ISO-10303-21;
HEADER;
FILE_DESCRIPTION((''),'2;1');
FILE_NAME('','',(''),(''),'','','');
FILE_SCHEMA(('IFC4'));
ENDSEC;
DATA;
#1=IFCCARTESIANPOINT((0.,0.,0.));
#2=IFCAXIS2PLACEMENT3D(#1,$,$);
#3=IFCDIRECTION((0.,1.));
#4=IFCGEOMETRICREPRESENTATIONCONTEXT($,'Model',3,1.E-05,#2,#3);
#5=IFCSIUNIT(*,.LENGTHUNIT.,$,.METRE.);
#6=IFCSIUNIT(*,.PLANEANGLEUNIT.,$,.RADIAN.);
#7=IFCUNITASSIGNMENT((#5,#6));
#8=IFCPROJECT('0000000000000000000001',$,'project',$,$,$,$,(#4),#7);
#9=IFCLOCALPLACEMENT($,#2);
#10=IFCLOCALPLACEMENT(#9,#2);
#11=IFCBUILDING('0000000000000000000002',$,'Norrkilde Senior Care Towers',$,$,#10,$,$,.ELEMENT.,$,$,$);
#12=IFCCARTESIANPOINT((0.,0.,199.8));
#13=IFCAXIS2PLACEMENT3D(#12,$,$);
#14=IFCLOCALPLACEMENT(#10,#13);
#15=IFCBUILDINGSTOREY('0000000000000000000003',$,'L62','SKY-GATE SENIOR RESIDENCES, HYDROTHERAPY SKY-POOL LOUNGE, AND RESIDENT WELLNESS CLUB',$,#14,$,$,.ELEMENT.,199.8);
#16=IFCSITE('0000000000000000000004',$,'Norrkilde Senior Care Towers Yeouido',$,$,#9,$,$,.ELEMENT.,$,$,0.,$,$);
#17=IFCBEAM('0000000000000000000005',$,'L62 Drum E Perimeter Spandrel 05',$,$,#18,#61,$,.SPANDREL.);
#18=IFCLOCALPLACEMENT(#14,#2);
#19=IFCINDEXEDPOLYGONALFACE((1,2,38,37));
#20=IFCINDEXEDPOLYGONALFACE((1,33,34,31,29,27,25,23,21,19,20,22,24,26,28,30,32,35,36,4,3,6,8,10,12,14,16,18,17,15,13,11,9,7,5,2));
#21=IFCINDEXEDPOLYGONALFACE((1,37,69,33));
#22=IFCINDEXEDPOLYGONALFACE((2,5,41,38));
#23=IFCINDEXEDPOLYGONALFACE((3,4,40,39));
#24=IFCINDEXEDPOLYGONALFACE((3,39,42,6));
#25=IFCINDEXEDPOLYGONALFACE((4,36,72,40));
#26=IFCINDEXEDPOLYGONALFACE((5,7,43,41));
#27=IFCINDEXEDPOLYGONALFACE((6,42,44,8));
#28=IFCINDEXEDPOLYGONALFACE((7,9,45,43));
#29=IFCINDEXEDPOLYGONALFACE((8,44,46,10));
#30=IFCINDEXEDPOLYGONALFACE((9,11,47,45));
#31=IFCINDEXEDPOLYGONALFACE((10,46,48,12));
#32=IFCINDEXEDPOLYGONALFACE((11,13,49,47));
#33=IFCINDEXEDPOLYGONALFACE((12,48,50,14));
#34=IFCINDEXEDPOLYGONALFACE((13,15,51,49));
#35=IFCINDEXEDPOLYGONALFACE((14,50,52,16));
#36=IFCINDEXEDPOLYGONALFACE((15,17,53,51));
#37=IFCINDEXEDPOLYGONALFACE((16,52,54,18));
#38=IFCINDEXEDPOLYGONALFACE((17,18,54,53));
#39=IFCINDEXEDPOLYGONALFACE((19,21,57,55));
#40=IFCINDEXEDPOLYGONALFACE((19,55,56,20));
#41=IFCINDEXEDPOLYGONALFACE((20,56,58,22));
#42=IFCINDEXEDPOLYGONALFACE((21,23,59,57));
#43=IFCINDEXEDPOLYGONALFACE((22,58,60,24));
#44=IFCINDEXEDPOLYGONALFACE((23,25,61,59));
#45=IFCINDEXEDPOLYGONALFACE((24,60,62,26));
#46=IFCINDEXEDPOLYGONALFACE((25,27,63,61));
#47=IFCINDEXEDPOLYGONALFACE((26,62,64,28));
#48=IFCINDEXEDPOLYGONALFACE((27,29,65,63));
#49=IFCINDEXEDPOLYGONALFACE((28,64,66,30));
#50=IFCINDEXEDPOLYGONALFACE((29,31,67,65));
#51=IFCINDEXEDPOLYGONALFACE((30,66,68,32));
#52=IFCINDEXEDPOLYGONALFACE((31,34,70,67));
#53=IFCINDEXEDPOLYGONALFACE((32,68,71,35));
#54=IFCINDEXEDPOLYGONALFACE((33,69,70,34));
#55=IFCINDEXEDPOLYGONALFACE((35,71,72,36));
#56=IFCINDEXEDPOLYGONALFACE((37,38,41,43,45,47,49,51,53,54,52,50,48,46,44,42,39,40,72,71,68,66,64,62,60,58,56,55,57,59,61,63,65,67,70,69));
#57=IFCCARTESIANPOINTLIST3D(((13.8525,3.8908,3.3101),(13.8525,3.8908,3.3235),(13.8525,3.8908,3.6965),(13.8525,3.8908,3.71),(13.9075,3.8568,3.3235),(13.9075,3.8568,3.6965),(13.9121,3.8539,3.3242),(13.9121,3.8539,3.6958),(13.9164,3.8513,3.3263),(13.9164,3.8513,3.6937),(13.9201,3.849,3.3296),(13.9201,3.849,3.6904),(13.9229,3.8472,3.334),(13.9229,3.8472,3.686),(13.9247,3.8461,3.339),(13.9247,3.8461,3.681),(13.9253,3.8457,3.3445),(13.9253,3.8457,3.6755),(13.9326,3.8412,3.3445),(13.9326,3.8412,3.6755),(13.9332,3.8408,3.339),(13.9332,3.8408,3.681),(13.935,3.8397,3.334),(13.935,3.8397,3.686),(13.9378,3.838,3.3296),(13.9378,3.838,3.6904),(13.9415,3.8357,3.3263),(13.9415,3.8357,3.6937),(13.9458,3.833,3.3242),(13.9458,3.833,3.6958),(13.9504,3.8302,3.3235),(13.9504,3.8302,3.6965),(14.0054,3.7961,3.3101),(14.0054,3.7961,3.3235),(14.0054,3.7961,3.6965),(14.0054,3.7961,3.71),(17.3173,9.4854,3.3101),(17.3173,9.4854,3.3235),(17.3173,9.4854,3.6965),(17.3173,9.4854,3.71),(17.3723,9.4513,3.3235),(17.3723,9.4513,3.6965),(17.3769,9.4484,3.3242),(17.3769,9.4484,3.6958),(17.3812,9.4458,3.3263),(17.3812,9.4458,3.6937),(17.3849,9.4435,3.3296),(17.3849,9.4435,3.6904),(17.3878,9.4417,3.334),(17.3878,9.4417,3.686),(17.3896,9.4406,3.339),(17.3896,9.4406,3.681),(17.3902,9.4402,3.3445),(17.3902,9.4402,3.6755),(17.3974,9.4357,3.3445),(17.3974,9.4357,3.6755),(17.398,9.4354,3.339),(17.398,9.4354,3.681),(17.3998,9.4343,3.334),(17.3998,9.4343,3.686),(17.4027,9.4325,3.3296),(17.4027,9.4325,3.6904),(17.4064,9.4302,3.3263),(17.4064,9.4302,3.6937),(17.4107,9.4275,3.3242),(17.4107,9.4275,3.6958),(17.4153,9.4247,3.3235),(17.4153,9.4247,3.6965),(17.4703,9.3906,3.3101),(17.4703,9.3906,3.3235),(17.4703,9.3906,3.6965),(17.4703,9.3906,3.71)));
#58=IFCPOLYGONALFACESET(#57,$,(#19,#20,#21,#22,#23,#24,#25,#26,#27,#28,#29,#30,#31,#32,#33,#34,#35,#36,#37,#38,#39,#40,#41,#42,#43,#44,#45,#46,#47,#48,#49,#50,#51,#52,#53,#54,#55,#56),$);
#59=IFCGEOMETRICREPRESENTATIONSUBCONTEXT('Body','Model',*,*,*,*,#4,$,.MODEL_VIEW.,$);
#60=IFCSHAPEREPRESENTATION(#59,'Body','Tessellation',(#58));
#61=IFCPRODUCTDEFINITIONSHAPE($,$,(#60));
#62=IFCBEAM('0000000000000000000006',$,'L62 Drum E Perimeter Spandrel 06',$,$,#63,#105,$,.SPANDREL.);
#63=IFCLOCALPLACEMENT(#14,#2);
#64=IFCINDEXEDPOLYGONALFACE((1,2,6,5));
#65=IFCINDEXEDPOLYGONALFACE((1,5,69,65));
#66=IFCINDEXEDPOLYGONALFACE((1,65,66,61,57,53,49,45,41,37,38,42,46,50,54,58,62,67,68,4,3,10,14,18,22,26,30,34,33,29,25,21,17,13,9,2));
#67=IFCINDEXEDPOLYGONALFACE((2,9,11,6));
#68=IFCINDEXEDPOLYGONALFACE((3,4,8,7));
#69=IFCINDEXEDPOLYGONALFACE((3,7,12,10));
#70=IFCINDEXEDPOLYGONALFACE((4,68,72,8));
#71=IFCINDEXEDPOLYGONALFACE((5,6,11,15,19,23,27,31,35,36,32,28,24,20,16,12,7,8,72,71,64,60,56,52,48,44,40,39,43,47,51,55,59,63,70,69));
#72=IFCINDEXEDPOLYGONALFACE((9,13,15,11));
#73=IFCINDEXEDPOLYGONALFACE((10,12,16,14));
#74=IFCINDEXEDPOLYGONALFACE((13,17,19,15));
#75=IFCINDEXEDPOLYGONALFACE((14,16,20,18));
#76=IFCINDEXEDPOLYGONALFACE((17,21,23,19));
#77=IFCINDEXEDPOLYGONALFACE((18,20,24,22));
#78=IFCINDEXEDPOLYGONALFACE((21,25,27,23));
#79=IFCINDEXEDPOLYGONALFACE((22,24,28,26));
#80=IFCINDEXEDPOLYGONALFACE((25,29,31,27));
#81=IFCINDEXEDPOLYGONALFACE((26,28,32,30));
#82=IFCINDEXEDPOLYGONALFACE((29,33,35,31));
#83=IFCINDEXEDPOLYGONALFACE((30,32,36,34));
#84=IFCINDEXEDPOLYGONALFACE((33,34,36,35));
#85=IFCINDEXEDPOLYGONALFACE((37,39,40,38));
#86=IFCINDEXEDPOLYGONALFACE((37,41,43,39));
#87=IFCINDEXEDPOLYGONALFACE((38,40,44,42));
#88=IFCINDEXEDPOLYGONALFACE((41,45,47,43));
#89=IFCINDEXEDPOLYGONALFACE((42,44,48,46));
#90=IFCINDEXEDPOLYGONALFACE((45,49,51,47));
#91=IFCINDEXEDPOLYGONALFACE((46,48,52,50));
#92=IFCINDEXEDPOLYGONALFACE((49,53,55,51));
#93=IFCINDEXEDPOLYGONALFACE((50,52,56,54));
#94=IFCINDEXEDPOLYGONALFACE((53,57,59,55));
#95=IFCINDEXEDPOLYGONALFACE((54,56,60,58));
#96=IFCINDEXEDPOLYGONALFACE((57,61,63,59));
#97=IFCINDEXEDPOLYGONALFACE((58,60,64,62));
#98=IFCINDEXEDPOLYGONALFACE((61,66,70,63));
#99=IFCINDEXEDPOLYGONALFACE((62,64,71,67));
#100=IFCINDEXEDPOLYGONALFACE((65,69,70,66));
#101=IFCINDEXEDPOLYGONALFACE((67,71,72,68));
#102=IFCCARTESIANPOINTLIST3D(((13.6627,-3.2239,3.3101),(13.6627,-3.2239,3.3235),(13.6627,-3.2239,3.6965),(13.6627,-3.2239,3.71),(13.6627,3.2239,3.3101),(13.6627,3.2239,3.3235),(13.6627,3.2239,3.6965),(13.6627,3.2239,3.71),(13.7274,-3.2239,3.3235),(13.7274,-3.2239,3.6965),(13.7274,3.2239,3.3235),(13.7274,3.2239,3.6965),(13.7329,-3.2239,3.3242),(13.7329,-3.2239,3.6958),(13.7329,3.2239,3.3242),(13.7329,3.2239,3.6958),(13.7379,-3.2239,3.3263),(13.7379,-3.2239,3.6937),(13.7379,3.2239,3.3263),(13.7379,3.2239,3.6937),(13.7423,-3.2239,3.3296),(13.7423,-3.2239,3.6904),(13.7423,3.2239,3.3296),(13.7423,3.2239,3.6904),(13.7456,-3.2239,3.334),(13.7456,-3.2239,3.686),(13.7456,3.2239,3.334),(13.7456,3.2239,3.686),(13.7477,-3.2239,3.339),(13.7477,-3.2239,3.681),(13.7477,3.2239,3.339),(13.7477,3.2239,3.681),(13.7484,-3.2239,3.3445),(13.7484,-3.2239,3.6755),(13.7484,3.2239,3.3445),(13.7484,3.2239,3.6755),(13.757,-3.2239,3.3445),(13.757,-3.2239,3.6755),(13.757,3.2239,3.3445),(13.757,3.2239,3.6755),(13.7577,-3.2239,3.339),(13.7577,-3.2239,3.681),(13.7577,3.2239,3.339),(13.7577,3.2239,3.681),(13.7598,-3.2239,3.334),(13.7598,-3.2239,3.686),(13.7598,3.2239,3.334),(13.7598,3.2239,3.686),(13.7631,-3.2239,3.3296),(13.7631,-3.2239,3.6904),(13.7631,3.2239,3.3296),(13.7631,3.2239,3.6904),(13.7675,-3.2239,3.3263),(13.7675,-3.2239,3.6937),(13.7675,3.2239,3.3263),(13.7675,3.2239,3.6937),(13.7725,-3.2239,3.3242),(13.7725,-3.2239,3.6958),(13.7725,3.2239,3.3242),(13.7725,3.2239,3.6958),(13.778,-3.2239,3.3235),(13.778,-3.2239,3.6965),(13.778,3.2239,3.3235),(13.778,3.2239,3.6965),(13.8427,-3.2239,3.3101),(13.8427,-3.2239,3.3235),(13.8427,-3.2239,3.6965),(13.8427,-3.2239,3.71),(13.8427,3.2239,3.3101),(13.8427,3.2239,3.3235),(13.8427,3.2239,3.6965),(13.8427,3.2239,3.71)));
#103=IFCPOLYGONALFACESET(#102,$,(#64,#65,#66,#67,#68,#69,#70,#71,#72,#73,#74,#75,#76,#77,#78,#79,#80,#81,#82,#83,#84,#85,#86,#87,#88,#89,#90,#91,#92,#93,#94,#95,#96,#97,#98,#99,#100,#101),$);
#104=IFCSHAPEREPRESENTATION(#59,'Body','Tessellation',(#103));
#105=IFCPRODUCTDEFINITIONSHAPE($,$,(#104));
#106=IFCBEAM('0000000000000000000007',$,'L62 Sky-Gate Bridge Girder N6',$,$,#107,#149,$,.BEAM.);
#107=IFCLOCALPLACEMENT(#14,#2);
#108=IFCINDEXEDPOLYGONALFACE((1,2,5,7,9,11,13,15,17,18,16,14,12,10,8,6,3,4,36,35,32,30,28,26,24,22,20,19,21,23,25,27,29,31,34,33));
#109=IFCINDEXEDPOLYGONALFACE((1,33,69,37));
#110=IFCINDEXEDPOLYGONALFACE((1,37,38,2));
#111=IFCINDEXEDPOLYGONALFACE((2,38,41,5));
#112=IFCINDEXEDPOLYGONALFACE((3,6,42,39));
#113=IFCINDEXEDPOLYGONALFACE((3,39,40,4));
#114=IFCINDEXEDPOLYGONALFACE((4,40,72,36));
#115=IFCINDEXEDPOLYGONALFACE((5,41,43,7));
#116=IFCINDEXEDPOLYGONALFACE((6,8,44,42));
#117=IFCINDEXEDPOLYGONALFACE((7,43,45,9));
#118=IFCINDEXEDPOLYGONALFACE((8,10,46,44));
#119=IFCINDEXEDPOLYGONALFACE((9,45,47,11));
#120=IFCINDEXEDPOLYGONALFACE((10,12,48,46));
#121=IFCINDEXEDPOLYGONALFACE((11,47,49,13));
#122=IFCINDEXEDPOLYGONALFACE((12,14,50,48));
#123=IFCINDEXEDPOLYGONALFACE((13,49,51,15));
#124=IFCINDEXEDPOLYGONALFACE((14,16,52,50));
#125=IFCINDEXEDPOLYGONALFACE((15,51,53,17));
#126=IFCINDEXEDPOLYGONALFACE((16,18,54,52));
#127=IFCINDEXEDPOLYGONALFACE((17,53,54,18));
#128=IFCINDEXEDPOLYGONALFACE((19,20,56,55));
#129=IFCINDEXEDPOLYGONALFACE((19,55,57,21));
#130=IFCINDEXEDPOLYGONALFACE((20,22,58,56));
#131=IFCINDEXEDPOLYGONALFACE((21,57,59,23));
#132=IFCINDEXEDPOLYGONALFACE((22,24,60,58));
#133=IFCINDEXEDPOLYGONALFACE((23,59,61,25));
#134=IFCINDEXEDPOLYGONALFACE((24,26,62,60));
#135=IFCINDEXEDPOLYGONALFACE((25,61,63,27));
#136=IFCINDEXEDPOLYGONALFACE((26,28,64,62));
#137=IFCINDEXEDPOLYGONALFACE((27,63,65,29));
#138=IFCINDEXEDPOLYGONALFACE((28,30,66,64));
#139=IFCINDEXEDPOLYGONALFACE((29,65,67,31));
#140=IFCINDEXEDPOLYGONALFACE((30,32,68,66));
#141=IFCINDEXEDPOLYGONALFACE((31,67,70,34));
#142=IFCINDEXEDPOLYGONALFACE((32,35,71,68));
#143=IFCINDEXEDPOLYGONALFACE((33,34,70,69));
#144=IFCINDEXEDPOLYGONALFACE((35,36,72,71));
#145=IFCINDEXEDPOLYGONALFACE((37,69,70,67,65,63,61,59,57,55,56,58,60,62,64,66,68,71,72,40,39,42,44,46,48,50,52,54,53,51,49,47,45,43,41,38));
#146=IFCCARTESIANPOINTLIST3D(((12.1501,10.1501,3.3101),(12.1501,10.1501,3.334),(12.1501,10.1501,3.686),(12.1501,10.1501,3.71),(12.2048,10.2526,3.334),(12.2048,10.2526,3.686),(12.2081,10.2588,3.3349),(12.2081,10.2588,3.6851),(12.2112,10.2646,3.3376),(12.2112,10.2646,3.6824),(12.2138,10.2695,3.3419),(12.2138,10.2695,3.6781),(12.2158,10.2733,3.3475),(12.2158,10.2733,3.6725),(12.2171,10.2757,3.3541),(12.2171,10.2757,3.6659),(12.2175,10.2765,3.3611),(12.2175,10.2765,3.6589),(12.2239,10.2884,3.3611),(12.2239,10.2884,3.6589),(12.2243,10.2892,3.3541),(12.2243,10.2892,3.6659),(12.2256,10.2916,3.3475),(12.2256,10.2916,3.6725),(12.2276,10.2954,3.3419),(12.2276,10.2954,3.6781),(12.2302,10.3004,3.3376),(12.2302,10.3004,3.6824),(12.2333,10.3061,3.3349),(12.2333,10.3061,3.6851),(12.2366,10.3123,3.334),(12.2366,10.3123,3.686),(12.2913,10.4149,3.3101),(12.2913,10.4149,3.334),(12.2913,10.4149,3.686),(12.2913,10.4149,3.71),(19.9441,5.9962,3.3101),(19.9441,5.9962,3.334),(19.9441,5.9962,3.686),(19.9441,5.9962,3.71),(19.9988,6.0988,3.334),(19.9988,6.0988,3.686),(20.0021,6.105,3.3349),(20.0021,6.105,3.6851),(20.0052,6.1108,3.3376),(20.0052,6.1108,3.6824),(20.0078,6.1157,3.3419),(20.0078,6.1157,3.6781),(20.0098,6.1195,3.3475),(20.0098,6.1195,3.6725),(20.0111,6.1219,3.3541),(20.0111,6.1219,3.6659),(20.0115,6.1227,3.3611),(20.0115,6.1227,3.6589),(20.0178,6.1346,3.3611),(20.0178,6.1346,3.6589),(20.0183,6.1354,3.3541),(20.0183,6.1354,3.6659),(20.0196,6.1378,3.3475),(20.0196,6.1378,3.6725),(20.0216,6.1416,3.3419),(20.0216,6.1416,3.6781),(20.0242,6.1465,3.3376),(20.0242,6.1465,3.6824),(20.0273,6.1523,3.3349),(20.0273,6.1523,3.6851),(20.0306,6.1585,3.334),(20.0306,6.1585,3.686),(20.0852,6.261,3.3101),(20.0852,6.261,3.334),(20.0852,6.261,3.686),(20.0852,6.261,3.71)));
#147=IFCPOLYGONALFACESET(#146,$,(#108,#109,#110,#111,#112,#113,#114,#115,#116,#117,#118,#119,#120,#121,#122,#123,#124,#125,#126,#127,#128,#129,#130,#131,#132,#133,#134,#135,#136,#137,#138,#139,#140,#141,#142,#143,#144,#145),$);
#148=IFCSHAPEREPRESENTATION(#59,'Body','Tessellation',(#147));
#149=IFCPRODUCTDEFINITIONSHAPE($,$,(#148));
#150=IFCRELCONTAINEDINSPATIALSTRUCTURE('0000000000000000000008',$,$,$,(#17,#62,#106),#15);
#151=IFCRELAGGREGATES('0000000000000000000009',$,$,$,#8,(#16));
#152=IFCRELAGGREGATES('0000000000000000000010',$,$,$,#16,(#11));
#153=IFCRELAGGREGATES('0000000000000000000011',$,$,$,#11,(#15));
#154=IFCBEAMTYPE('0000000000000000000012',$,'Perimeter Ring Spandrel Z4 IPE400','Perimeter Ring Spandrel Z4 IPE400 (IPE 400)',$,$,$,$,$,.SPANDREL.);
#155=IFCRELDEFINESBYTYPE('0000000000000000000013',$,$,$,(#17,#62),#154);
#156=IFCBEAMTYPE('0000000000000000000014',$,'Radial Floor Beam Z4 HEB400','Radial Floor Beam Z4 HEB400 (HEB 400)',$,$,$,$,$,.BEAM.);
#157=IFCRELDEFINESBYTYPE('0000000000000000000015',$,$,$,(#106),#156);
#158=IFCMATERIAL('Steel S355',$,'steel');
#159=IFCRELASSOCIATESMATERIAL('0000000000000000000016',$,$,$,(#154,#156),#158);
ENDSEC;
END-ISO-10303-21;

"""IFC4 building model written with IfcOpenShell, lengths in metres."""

from ifc_helpers import new_model, si_unit, direction, frame, origin, origin_2d, place, context, subcontext, project, spatial, i_section, extrude, source, transform, mapped, material, material_profile, profile_set, type_object, type_shapes, element, save


model = new_model("IFC4")

# Units and contexts
model_context = context("Model", 3, precision=1e-05, world=origin(), true_north=direction((0.0, 1.0)))
body_context = subcontext(model_context, "Body", "Model", "MODEL_VIEW")
ifc_project = project(units=[si_unit("LENGTHUNIT", "METRE"), si_unit("PLANEANGLEUNIT", "RADIAN")], contexts=[model_context])

# Site, building, storey
site_placement = place(None, origin())
site = spatial("IfcSite", under=ifc_project, at=site_placement, Name="Norrkilde Senior Care Towers Yeouido", CompositionType="ELEMENT", RefElevation=0.0)
building_placement = place(site_placement, origin())
building = spatial("IfcBuilding", under=site, at=building_placement, Name="Norrkilde Senior Care Towers", CompositionType="ELEMENT")
storey_placement = place(building_placement, frame((0.0, 0.0, 199.8)))
storey = spatial("IfcBuildingStorey", under=building, at=storey_placement, Name="L62", Description="SKY-GATE SENIOR RESIDENCES, HYDROTHERAPY SKY-POOL LOUNGE, AND RESIDENT WELLNESS CLUB", CompositionType="ELEMENT", Elevation=199.8)

# Shared definitions
ifc_material_1 = material(Name="Steel S355", Category="steel")

# Beams
ifc_material_profile_1 = material_profile(ifc_material_1, i_section(OverallWidth=0.1799, OverallDepth=0.3999, WebThickness=0.0085, FlangeThickness=0.0134, FilletRadius=0.021, at=origin_2d()), Name="IPE 400")
ifc_profile_set_1 = profile_set([ifc_material_profile_1], Name="Steel S355")
beam_type_1 = type_object("IfcBeamType", Name="Perimeter Ring Spandrel Z4 IPE400", Description="Perimeter Ring Spandrel Z4 IPE400 (IPE 400)", PredefinedType="SPANDREL", material=ifc_profile_set_1)
shared_shape_1 = source(origin(), body_context, "Body", "SweptSolid", [
    extrude(i_section(OverallWidth=0.1799, OverallDepth=0.3999, WebThickness=0.0085, FlangeThickness=0.0134, FilletRadius=0.021, at=origin_2d()), origin(), (0.0, 0.0, 1.0), 6.5806),
])
beam_1_placement = place(storey_placement, frame((17.3938, 9.438, 3.51), z_axis=(-0.52653, -0.850157, 0.0), x_axis=(0.850157, -0.52653, 0.0)))
element("IfcBeam", 1, at=beam_1_placement, inside=storey, type_object=beam_type_1, Name="L62 Drum E Perimeter Spandrel 05", PredefinedType="SPANDREL", context=body_context, shape_type="MappedRepresentation", body=[
    mapped(shared_shape_1, transform((0.0, 0.0, 0.0), x_axis=(1.0, 0.0, 0.0), y_axis=(0.0, 1.0, 0.0), z_axis=(0.0, 0.0, 1.0), scale=1.0)),
])
shared_shape_2 = source(origin(), body_context, "Body", "SweptSolid", [
    extrude(i_section(OverallWidth=0.1799, OverallDepth=0.3999, WebThickness=0.0085, FlangeThickness=0.0134, FilletRadius=0.021, at=origin_2d()), origin(), (0.0, 0.0, 1.0), 6.4478),
])
type_shapes(beam_type_1, [shared_shape_1, shared_shape_2])
beam_2_placement = place(storey_placement, frame((13.7527, 3.2239, 3.51), z_axis=(0.0, -1.0, 0.0), x_axis=(1.0, 0.0, 0.0)))
element("IfcBeam", 2, at=beam_2_placement, inside=storey, type_object=beam_type_1, Name="L62 Drum E Perimeter Spandrel 06", PredefinedType="SPANDREL", context=body_context, shape_type="MappedRepresentation", body=[
    mapped(shared_shape_2, transform((0.0, 0.0, 0.0), x_axis=(1.0, 0.0, 0.0), y_axis=(0.0, 1.0, 0.0), z_axis=(0.0, 0.0, 1.0), scale=1.0)),
])
ifc_material_profile_2 = material_profile(ifc_material_1, i_section(OverallWidth=0.3, OverallDepth=0.3999, WebThickness=0.0134, FlangeThickness=0.0239, FilletRadius=0.0271, at=origin_2d()), Name="HEB 400")
ifc_profile_set_2 = profile_set([ifc_material_profile_2], Name="Steel S355")
beam_type_2 = type_object("IfcBeamType", Name="Radial Floor Beam Z4 HEB400", Description="Radial Floor Beam Z4 HEB400 (HEB 400)", PredefinedType="BEAM", material=ifc_profile_set_2)
shared_shape_3 = source(origin(), body_context, "Body", "SweptSolid", [
    extrude(i_section(OverallWidth=0.3, OverallDepth=0.3999, WebThickness=0.0134, FlangeThickness=0.0239, FilletRadius=0.0271, at=origin_2d()), origin(), (0.0, 0.0, 1.0), 8.8318),
])
type_shapes(beam_type_2, [shared_shape_3])
beam_3_placement = place(storey_placement, frame((12.2207, 10.2825, 3.51), z_axis=(0.882492, -0.470327, 0.0), x_axis=(0.470327, 0.882492, 0.0)))
element("IfcBeam", 3, at=beam_3_placement, inside=storey, type_object=beam_type_2, Name="L62 Sky-Gate Bridge Girder N6", PredefinedType="BEAM", context=body_context, shape_type="MappedRepresentation", body=[
    mapped(shared_shape_3, transform((0.0, 0.0, 0.0), x_axis=(1.0, 0.0, 0.0), y_axis=(0.0, 1.0, 0.0), z_axis=(0.0, 0.0, 1.0), scale=1.0)),
])

save(model, "model.ifc")
